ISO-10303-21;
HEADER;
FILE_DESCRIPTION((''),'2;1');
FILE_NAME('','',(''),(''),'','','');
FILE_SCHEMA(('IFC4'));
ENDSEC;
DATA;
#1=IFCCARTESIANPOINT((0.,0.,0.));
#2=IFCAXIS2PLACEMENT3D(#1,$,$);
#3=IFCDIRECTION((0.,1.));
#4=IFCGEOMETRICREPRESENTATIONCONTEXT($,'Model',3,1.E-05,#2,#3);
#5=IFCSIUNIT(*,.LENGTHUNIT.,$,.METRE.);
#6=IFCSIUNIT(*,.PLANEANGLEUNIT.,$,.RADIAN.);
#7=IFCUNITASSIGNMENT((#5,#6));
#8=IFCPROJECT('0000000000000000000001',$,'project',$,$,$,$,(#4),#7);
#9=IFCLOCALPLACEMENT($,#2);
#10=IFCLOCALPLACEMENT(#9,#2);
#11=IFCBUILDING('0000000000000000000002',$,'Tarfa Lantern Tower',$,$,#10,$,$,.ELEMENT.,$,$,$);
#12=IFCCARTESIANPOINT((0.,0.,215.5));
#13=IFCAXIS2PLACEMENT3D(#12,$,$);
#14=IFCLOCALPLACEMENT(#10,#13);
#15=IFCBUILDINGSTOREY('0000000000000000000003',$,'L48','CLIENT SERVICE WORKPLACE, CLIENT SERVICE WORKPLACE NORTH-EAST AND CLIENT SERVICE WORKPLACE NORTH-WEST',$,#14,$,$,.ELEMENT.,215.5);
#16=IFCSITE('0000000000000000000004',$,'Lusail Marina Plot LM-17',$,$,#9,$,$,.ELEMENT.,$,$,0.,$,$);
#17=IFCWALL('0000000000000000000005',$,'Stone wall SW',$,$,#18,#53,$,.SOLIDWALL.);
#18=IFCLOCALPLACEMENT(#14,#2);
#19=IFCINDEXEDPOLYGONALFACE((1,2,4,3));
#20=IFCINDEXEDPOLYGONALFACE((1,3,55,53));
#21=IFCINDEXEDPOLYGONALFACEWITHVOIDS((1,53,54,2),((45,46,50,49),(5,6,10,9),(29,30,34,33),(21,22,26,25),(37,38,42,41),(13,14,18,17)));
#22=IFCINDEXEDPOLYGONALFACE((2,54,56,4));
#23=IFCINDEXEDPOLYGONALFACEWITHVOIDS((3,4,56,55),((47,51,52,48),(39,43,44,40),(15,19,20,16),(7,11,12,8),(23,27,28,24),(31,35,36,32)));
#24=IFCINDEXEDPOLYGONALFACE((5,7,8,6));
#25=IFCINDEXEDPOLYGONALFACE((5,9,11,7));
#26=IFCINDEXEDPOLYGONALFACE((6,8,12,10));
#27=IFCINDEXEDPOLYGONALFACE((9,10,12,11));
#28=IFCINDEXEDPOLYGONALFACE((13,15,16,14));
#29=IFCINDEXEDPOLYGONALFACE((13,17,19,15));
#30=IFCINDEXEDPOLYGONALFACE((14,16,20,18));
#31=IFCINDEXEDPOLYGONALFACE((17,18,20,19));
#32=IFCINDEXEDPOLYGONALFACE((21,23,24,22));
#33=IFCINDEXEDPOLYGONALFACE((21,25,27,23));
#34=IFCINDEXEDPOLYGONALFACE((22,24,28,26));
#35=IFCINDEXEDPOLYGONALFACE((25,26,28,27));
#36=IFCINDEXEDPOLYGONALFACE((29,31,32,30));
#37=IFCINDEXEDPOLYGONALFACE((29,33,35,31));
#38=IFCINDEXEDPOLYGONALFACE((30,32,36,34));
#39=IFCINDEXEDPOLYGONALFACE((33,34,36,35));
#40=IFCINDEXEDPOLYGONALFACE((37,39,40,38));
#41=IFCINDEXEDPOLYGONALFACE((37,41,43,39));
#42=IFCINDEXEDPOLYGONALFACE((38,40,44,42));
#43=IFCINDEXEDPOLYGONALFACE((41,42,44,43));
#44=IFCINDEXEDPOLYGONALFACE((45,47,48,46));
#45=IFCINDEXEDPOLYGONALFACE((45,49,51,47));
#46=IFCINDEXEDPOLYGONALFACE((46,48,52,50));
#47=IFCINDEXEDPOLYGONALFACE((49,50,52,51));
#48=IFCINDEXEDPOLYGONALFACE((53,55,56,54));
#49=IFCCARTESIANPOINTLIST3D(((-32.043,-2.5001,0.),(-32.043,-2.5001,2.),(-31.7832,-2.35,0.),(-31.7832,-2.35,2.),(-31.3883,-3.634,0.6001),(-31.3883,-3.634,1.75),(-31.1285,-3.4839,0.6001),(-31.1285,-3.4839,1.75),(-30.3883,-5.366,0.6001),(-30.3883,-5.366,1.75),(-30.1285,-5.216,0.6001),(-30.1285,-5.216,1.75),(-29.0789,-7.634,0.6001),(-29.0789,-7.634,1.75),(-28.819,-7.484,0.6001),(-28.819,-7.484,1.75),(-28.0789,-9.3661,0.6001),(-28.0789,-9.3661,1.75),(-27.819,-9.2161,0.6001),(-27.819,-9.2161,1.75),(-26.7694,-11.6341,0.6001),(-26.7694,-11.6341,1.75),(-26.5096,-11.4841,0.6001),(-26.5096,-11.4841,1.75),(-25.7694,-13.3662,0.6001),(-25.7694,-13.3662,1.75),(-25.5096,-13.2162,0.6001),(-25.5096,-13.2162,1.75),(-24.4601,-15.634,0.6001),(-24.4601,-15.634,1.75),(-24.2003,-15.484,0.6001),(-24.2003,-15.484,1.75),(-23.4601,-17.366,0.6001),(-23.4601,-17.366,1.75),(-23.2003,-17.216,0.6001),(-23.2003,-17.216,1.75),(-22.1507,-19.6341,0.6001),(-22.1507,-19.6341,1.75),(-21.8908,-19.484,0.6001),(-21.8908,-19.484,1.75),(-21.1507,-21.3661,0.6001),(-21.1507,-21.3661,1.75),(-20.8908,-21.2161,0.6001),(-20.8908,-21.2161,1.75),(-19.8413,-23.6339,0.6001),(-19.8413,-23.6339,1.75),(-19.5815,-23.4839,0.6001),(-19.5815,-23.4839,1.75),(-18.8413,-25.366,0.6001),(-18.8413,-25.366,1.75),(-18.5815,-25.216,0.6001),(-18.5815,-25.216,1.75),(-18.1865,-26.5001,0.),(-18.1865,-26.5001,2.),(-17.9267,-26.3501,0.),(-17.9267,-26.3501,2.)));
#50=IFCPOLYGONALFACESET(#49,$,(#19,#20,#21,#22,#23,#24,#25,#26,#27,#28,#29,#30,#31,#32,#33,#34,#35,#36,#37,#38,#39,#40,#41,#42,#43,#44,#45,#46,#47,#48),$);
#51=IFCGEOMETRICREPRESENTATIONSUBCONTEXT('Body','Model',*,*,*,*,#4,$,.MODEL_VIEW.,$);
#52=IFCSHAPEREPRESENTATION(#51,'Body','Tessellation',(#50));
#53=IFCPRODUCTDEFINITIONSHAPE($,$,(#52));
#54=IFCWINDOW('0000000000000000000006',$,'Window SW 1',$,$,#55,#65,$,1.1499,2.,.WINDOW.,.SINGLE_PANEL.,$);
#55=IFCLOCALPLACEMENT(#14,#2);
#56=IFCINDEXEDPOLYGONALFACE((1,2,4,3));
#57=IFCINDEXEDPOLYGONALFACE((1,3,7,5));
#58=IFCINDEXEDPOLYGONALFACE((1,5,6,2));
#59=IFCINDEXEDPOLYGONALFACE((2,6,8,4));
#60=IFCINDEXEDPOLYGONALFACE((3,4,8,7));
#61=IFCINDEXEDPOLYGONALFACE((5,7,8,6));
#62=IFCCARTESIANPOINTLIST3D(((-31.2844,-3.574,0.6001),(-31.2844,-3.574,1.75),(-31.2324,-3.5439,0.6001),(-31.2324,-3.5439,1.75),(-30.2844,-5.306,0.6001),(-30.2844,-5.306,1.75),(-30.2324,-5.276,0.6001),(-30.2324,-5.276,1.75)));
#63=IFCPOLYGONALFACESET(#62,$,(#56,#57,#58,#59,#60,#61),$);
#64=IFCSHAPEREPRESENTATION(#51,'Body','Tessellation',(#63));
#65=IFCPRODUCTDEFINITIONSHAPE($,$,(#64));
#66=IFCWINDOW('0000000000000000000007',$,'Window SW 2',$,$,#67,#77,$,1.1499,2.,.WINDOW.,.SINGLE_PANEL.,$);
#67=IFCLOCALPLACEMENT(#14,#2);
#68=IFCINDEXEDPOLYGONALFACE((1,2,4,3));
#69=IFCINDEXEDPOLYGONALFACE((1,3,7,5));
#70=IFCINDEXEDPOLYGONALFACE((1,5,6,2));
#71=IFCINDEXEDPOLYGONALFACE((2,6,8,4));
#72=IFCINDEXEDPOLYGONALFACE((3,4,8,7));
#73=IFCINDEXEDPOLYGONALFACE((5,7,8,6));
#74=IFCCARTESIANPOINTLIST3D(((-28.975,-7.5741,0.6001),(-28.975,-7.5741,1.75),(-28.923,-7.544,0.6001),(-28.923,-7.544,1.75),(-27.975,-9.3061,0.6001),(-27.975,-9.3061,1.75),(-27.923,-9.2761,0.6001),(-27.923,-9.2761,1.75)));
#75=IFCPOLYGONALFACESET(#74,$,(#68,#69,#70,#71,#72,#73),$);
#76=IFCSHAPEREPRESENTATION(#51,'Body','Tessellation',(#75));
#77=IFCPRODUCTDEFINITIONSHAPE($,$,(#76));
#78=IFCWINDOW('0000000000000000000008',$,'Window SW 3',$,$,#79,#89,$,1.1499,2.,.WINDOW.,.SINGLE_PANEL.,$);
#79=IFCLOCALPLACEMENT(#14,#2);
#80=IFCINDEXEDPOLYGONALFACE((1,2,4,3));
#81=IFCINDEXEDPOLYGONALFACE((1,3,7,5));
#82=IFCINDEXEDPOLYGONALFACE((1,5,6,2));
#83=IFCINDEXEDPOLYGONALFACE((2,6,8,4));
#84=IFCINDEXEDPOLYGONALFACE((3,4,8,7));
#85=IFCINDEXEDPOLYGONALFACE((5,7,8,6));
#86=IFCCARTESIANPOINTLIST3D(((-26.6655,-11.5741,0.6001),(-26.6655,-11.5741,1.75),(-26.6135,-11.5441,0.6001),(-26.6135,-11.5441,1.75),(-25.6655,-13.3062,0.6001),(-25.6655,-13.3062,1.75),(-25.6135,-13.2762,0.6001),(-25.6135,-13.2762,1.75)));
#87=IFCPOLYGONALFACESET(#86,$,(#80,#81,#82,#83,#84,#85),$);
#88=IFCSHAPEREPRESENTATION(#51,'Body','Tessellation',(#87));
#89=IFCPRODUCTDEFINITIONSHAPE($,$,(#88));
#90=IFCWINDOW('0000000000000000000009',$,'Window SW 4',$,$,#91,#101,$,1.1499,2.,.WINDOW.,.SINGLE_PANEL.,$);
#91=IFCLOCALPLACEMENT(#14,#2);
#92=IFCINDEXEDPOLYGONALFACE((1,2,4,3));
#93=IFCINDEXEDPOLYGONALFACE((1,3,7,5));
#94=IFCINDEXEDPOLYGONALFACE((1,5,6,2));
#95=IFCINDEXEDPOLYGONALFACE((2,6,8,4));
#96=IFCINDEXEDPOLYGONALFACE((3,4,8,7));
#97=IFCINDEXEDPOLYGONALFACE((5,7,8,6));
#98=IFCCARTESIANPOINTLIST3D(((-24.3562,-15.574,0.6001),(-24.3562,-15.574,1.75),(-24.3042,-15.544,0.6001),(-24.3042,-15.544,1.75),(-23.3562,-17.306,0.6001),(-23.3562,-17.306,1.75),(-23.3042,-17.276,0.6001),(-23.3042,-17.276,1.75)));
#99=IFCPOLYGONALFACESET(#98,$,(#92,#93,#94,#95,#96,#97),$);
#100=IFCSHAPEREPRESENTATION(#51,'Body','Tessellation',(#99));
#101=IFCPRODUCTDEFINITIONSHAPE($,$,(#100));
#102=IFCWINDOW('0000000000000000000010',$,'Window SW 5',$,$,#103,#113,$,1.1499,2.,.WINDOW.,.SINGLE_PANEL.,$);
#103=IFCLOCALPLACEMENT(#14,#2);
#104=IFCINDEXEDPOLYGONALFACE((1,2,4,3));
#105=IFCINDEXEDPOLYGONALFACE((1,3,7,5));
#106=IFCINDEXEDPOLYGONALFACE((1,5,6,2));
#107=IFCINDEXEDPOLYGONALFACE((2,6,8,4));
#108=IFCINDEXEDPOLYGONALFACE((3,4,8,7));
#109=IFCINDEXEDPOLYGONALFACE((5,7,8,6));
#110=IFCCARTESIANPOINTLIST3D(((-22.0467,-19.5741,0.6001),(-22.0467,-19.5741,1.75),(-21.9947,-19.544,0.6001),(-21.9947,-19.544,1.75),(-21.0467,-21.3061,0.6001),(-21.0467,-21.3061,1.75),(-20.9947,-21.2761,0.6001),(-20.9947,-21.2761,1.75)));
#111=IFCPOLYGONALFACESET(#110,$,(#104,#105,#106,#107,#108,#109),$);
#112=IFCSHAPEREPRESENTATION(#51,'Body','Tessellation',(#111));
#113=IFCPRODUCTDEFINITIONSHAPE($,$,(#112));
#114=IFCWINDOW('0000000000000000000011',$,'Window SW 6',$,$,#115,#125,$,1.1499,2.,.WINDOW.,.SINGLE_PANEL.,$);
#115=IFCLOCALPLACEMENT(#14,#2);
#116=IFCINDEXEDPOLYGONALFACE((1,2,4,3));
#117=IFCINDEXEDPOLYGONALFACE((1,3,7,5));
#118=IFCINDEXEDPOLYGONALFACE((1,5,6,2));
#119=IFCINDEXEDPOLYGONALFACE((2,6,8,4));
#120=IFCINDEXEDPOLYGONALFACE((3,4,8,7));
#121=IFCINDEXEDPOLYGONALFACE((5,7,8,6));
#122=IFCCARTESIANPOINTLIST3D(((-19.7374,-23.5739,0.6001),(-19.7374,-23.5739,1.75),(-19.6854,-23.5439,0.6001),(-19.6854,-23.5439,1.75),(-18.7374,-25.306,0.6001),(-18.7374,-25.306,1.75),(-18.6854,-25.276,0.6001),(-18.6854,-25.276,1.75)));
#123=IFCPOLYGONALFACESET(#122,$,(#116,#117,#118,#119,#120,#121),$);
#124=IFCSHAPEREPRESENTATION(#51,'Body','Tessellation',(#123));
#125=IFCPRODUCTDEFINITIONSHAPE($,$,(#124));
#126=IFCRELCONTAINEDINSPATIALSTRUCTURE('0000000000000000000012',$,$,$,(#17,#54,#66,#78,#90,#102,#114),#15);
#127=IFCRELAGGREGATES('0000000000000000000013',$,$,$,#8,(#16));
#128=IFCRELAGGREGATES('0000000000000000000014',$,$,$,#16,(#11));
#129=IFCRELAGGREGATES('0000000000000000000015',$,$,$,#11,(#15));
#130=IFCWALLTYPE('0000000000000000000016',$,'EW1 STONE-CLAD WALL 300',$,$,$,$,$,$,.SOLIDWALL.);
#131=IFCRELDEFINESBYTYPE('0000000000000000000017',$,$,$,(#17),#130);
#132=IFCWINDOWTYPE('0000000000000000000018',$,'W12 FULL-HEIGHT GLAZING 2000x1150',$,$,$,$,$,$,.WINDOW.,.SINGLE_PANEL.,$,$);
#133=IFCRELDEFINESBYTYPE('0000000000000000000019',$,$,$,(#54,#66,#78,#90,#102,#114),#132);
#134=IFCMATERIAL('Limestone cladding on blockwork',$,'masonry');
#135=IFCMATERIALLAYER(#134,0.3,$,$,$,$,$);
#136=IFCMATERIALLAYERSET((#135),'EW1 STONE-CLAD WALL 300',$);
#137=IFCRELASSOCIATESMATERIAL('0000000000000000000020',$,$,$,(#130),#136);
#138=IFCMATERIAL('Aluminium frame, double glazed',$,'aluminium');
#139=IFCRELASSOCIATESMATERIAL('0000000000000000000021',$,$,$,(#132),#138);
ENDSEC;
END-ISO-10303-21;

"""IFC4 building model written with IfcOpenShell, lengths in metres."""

from ifc_helpers import new_model, si_unit, direction, frame, frame_2d, origin, place, context, subcontext, project, spatial, rectangle, extrude, material, layer, layer_set, type_object, element, fill, save


model = new_model("IFC4")

# Units and contexts
model_context = context("Model", 3, precision=1e-05, world=origin(), true_north=direction((0.0, 1.0)))
body_context = subcontext(model_context, "Body", "Model", "MODEL_VIEW")
ifc_project = project(units=[si_unit("LENGTHUNIT", "METRE"), si_unit("PLANEANGLEUNIT", "RADIAN")], contexts=[model_context])

# Site, building, storey
site_placement = place(None, origin())
site = spatial("IfcSite", under=ifc_project, at=site_placement, Name="Lusail Marina Plot LM-17", CompositionType="ELEMENT", RefElevation=0.0)
building_placement = place(site_placement, origin())
building = spatial("IfcBuilding", under=site, at=building_placement, Name="Tarfa Lantern Tower", CompositionType="ELEMENT")
storey_placement = place(building_placement, frame((0.0, 0.0, 215.5)))
storey = spatial("IfcBuildingStorey", under=building, at=storey_placement, Name="L48", Description="CLIENT SERVICE WORKPLACE, CLIENT SERVICE WORKPLACE NORTH-EAST AND CLIENT SERVICE WORKPLACE NORTH-WEST", CompositionType="ELEMENT", Elevation=215.5)

# Wall, openings, windows
ifc_material_1 = material(Name="Limestone cladding on blockwork", Category="masonry")
ifc_layer_1 = layer(ifc_material_1, 0.3)
ifc_layer_set_1 = layer_set([ifc_layer_1], Name="EW1 STONE-CLAD WALL 300")
wall_type = type_object("IfcWallType", Name="EW1 STONE-CLAD WALL 300", PredefinedType="SOLIDWALL", material=ifc_layer_set_1)
wall_placement = place(storey_placement, frame((-31.9131, -2.425, 0.0), z_axis=(0.0, 0.0, 1.0), x_axis=(0.500001, -0.866025, 0.0)))
wall = element("IfcWall", 1, at=wall_placement, inside=storey, type_object=wall_type, Name="Stone wall SW", PredefinedType="SOLIDWALL", context=body_context, shape_type="SweptSolid", body=[
    extrude(rectangle(XDim=27.7129, YDim=0.3, at=frame_2d((13.8564, 0.0))), origin(), (0.0, 0.0, 1.0), 2.0),
])
opening_1_placement = place(wall_placement, frame((1.3093, 0.0, 0.6001)))
opening_1 = element("IfcOpeningElement", 2, at=opening_1_placement, cuts=wall, PredefinedType="OPENING", context=body_context, shape_type="SweptSolid", body=[
    extrude(rectangle(XDim=2.0, YDim=1.1499, at=frame_2d((1.0, 0.575))), frame((0.0, 0.1599, 0.0), z_axis=(0.0, -1.0, 0.0), x_axis=(1.0, 0.0, 0.0)), (0.0, 0.0, 1.0), 0.3201),
])
opening_2_placement = place(wall_placement, frame((5.9282, 0.0, 0.6001)))
opening_2 = element("IfcOpeningElement", 3, at=opening_2_placement, cuts=wall, PredefinedType="OPENING", context=body_context, shape_type="SweptSolid", body=[
    extrude(rectangle(XDim=2.0, YDim=1.1499, at=frame_2d((1.0, 0.575))), frame((0.0, 0.1599, 0.0), z_axis=(0.0, -1.0, 0.0), x_axis=(1.0, 0.0, 0.0)), (0.0, 0.0, 1.0), 0.3201),
])
opening_3_placement = place(wall_placement, frame((10.5471, 0.0, 0.6001)))
opening_3 = element("IfcOpeningElement", 4, at=opening_3_placement, cuts=wall, PredefinedType="OPENING", context=body_context, shape_type="SweptSolid", body=[
    extrude(rectangle(XDim=2.0, YDim=1.1499, at=frame_2d((1.0, 0.575))), frame((0.0, 0.1599, 0.0), z_axis=(0.0, -1.0, 0.0), x_axis=(1.0, 0.0, 0.0)), (0.0, 0.0, 1.0), 0.3201),
])
opening_4_placement = place(wall_placement, frame((15.1658, 0.0, 0.6001)))
opening_4 = element("IfcOpeningElement", 5, at=opening_4_placement, cuts=wall, PredefinedType="OPENING", context=body_context, shape_type="SweptSolid", body=[
    extrude(rectangle(XDim=2.0, YDim=1.1499, at=frame_2d((1.0, 0.575))), frame((0.0, 0.1599, 0.0), z_axis=(0.0, -1.0, 0.0), x_axis=(1.0, 0.0, 0.0)), (0.0, 0.0, 1.0), 0.3201),
])
opening_5_placement = place(wall_placement, frame((19.7847, 0.0, 0.6001)))
opening_5 = element("IfcOpeningElement", 6, at=opening_5_placement, cuts=wall, PredefinedType="OPENING", context=body_context, shape_type="SweptSolid", body=[
    extrude(rectangle(XDim=2.0, YDim=1.1499, at=frame_2d((1.0, 0.575))), frame((0.0, 0.1599, 0.0), z_axis=(0.0, -1.0, 0.0), x_axis=(1.0, 0.0, 0.0)), (0.0, 0.0, 1.0), 0.3201),
])
opening_6_placement = place(wall_placement, frame((24.4033, 0.0, 0.6001)))
opening_6 = element("IfcOpeningElement", 7, at=opening_6_placement, cuts=wall, PredefinedType="OPENING", context=body_context, shape_type="SweptSolid", body=[
    extrude(rectangle(XDim=2.0, YDim=1.1499, at=frame_2d((1.0, 0.575))), frame((0.0, 0.1599, 0.0), z_axis=(0.0, -1.0, 0.0), x_axis=(1.0, 0.0, 0.0)), (0.0, 0.0, 1.0), 0.3201),
])
ifc_material_2 = material(Name="Aluminium frame, double glazed", Category="aluminium")
window_type = type_object("IfcWindowType", Name="W12 FULL-HEIGHT GLAZING 2000x1150", PartitioningType="SINGLE_PANEL", PredefinedType="WINDOW", material=ifc_material_2)
window_1_placement = place(opening_1_placement, origin())
window_1 = element("IfcWindow", 8, at=window_1_placement, inside=storey, type_object=window_type, Name="Window SW 1", OverallHeight=1.1499, OverallWidth=2.0, PartitioningType="SINGLE_PANEL", PredefinedType="WINDOW", context=body_context, shape_type="SweptSolid", body=[
    extrude(rectangle(XDim=2.0, YDim=1.1499, at=frame_2d((1.0, 0.575))), frame((0.0, 0.03, 0.0), z_axis=(0.0, -1.0, 0.0), x_axis=(1.0, 0.0, 0.0)), (0.0, 0.0, 1.0), 0.0601),
])
fill(opening_1, window_1)
window_2_placement = place(opening_2_placement, origin())
window_2 = element("IfcWindow", 9, at=window_2_placement, inside=storey, type_object=window_type, Name="Window SW 2", OverallHeight=1.1499, OverallWidth=2.0, PartitioningType="SINGLE_PANEL", PredefinedType="WINDOW", context=body_context, shape_type="SweptSolid", body=[
    extrude(rectangle(XDim=2.0, YDim=1.1499, at=frame_2d((1.0, 0.575))), frame((0.0, 0.03, 0.0), z_axis=(0.0, -1.0, 0.0), x_axis=(1.0, 0.0, 0.0)), (0.0, 0.0, 1.0), 0.0601),
])
fill(opening_2, window_2)
window_3_placement = place(opening_3_placement, origin())
window_3 = element("IfcWindow", 10, at=window_3_placement, inside=storey, type_object=window_type, Name="Window SW 3", OverallHeight=1.1499, OverallWidth=2.0, PartitioningType="SINGLE_PANEL", PredefinedType="WINDOW", context=body_context, shape_type="SweptSolid", body=[
    extrude(rectangle(XDim=2.0, YDim=1.1499, at=frame_2d((1.0, 0.575))), frame((0.0, 0.03, 0.0), z_axis=(0.0, -1.0, 0.0), x_axis=(1.0, 0.0, 0.0)), (0.0, 0.0, 1.0), 0.0601),
])
fill(opening_3, window_3)
window_4_placement = place(opening_4_placement, origin())
window_4 = element("IfcWindow", 11, at=window_4_placement, inside=storey, type_object=window_type, Name="Window SW 4", OverallHeight=1.1499, OverallWidth=2.0, PartitioningType="SINGLE_PANEL", PredefinedType="WINDOW", context=body_context, shape_type="SweptSolid", body=[
    extrude(rectangle(XDim=2.0, YDim=1.1499, at=frame_2d((1.0, 0.575))), frame((0.0, 0.03, 0.0), z_axis=(0.0, -1.0, 0.0), x_axis=(1.0, 0.0, 0.0)), (0.0, 0.0, 1.0), 0.0601),
])
fill(opening_4, window_4)
window_5_placement = place(opening_5_placement, origin())
window_5 = element("IfcWindow", 12, at=window_5_placement, inside=storey, type_object=window_type, Name="Window SW 5", OverallHeight=1.1499, OverallWidth=2.0, PartitioningType="SINGLE_PANEL", PredefinedType="WINDOW", context=body_context, shape_type="SweptSolid", body=[
    extrude(rectangle(XDim=2.0, YDim=1.1499, at=frame_2d((1.0, 0.575))), frame((0.0, 0.03, 0.0), z_axis=(0.0, -1.0, 0.0), x_axis=(1.0, 0.0, 0.0)), (0.0, 0.0, 1.0), 0.0601),
])
fill(opening_5, window_5)
window_6_placement = place(opening_6_placement, origin())
window_6 = element("IfcWindow", 13, at=window_6_placement, inside=storey, type_object=window_type, Name="Window SW 6", OverallHeight=1.1499, OverallWidth=2.0, PartitioningType="SINGLE_PANEL", PredefinedType="WINDOW", context=body_context, shape_type="SweptSolid", body=[
    extrude(rectangle(XDim=2.0, YDim=1.1499, at=frame_2d((1.0, 0.575))), frame((0.0, 0.03, 0.0), z_axis=(0.0, -1.0, 0.0), x_axis=(1.0, 0.0, 0.0)), (0.0, 0.0, 1.0), 0.0601),
])
fill(opening_6, window_6)

save(model, "model.ifc")
